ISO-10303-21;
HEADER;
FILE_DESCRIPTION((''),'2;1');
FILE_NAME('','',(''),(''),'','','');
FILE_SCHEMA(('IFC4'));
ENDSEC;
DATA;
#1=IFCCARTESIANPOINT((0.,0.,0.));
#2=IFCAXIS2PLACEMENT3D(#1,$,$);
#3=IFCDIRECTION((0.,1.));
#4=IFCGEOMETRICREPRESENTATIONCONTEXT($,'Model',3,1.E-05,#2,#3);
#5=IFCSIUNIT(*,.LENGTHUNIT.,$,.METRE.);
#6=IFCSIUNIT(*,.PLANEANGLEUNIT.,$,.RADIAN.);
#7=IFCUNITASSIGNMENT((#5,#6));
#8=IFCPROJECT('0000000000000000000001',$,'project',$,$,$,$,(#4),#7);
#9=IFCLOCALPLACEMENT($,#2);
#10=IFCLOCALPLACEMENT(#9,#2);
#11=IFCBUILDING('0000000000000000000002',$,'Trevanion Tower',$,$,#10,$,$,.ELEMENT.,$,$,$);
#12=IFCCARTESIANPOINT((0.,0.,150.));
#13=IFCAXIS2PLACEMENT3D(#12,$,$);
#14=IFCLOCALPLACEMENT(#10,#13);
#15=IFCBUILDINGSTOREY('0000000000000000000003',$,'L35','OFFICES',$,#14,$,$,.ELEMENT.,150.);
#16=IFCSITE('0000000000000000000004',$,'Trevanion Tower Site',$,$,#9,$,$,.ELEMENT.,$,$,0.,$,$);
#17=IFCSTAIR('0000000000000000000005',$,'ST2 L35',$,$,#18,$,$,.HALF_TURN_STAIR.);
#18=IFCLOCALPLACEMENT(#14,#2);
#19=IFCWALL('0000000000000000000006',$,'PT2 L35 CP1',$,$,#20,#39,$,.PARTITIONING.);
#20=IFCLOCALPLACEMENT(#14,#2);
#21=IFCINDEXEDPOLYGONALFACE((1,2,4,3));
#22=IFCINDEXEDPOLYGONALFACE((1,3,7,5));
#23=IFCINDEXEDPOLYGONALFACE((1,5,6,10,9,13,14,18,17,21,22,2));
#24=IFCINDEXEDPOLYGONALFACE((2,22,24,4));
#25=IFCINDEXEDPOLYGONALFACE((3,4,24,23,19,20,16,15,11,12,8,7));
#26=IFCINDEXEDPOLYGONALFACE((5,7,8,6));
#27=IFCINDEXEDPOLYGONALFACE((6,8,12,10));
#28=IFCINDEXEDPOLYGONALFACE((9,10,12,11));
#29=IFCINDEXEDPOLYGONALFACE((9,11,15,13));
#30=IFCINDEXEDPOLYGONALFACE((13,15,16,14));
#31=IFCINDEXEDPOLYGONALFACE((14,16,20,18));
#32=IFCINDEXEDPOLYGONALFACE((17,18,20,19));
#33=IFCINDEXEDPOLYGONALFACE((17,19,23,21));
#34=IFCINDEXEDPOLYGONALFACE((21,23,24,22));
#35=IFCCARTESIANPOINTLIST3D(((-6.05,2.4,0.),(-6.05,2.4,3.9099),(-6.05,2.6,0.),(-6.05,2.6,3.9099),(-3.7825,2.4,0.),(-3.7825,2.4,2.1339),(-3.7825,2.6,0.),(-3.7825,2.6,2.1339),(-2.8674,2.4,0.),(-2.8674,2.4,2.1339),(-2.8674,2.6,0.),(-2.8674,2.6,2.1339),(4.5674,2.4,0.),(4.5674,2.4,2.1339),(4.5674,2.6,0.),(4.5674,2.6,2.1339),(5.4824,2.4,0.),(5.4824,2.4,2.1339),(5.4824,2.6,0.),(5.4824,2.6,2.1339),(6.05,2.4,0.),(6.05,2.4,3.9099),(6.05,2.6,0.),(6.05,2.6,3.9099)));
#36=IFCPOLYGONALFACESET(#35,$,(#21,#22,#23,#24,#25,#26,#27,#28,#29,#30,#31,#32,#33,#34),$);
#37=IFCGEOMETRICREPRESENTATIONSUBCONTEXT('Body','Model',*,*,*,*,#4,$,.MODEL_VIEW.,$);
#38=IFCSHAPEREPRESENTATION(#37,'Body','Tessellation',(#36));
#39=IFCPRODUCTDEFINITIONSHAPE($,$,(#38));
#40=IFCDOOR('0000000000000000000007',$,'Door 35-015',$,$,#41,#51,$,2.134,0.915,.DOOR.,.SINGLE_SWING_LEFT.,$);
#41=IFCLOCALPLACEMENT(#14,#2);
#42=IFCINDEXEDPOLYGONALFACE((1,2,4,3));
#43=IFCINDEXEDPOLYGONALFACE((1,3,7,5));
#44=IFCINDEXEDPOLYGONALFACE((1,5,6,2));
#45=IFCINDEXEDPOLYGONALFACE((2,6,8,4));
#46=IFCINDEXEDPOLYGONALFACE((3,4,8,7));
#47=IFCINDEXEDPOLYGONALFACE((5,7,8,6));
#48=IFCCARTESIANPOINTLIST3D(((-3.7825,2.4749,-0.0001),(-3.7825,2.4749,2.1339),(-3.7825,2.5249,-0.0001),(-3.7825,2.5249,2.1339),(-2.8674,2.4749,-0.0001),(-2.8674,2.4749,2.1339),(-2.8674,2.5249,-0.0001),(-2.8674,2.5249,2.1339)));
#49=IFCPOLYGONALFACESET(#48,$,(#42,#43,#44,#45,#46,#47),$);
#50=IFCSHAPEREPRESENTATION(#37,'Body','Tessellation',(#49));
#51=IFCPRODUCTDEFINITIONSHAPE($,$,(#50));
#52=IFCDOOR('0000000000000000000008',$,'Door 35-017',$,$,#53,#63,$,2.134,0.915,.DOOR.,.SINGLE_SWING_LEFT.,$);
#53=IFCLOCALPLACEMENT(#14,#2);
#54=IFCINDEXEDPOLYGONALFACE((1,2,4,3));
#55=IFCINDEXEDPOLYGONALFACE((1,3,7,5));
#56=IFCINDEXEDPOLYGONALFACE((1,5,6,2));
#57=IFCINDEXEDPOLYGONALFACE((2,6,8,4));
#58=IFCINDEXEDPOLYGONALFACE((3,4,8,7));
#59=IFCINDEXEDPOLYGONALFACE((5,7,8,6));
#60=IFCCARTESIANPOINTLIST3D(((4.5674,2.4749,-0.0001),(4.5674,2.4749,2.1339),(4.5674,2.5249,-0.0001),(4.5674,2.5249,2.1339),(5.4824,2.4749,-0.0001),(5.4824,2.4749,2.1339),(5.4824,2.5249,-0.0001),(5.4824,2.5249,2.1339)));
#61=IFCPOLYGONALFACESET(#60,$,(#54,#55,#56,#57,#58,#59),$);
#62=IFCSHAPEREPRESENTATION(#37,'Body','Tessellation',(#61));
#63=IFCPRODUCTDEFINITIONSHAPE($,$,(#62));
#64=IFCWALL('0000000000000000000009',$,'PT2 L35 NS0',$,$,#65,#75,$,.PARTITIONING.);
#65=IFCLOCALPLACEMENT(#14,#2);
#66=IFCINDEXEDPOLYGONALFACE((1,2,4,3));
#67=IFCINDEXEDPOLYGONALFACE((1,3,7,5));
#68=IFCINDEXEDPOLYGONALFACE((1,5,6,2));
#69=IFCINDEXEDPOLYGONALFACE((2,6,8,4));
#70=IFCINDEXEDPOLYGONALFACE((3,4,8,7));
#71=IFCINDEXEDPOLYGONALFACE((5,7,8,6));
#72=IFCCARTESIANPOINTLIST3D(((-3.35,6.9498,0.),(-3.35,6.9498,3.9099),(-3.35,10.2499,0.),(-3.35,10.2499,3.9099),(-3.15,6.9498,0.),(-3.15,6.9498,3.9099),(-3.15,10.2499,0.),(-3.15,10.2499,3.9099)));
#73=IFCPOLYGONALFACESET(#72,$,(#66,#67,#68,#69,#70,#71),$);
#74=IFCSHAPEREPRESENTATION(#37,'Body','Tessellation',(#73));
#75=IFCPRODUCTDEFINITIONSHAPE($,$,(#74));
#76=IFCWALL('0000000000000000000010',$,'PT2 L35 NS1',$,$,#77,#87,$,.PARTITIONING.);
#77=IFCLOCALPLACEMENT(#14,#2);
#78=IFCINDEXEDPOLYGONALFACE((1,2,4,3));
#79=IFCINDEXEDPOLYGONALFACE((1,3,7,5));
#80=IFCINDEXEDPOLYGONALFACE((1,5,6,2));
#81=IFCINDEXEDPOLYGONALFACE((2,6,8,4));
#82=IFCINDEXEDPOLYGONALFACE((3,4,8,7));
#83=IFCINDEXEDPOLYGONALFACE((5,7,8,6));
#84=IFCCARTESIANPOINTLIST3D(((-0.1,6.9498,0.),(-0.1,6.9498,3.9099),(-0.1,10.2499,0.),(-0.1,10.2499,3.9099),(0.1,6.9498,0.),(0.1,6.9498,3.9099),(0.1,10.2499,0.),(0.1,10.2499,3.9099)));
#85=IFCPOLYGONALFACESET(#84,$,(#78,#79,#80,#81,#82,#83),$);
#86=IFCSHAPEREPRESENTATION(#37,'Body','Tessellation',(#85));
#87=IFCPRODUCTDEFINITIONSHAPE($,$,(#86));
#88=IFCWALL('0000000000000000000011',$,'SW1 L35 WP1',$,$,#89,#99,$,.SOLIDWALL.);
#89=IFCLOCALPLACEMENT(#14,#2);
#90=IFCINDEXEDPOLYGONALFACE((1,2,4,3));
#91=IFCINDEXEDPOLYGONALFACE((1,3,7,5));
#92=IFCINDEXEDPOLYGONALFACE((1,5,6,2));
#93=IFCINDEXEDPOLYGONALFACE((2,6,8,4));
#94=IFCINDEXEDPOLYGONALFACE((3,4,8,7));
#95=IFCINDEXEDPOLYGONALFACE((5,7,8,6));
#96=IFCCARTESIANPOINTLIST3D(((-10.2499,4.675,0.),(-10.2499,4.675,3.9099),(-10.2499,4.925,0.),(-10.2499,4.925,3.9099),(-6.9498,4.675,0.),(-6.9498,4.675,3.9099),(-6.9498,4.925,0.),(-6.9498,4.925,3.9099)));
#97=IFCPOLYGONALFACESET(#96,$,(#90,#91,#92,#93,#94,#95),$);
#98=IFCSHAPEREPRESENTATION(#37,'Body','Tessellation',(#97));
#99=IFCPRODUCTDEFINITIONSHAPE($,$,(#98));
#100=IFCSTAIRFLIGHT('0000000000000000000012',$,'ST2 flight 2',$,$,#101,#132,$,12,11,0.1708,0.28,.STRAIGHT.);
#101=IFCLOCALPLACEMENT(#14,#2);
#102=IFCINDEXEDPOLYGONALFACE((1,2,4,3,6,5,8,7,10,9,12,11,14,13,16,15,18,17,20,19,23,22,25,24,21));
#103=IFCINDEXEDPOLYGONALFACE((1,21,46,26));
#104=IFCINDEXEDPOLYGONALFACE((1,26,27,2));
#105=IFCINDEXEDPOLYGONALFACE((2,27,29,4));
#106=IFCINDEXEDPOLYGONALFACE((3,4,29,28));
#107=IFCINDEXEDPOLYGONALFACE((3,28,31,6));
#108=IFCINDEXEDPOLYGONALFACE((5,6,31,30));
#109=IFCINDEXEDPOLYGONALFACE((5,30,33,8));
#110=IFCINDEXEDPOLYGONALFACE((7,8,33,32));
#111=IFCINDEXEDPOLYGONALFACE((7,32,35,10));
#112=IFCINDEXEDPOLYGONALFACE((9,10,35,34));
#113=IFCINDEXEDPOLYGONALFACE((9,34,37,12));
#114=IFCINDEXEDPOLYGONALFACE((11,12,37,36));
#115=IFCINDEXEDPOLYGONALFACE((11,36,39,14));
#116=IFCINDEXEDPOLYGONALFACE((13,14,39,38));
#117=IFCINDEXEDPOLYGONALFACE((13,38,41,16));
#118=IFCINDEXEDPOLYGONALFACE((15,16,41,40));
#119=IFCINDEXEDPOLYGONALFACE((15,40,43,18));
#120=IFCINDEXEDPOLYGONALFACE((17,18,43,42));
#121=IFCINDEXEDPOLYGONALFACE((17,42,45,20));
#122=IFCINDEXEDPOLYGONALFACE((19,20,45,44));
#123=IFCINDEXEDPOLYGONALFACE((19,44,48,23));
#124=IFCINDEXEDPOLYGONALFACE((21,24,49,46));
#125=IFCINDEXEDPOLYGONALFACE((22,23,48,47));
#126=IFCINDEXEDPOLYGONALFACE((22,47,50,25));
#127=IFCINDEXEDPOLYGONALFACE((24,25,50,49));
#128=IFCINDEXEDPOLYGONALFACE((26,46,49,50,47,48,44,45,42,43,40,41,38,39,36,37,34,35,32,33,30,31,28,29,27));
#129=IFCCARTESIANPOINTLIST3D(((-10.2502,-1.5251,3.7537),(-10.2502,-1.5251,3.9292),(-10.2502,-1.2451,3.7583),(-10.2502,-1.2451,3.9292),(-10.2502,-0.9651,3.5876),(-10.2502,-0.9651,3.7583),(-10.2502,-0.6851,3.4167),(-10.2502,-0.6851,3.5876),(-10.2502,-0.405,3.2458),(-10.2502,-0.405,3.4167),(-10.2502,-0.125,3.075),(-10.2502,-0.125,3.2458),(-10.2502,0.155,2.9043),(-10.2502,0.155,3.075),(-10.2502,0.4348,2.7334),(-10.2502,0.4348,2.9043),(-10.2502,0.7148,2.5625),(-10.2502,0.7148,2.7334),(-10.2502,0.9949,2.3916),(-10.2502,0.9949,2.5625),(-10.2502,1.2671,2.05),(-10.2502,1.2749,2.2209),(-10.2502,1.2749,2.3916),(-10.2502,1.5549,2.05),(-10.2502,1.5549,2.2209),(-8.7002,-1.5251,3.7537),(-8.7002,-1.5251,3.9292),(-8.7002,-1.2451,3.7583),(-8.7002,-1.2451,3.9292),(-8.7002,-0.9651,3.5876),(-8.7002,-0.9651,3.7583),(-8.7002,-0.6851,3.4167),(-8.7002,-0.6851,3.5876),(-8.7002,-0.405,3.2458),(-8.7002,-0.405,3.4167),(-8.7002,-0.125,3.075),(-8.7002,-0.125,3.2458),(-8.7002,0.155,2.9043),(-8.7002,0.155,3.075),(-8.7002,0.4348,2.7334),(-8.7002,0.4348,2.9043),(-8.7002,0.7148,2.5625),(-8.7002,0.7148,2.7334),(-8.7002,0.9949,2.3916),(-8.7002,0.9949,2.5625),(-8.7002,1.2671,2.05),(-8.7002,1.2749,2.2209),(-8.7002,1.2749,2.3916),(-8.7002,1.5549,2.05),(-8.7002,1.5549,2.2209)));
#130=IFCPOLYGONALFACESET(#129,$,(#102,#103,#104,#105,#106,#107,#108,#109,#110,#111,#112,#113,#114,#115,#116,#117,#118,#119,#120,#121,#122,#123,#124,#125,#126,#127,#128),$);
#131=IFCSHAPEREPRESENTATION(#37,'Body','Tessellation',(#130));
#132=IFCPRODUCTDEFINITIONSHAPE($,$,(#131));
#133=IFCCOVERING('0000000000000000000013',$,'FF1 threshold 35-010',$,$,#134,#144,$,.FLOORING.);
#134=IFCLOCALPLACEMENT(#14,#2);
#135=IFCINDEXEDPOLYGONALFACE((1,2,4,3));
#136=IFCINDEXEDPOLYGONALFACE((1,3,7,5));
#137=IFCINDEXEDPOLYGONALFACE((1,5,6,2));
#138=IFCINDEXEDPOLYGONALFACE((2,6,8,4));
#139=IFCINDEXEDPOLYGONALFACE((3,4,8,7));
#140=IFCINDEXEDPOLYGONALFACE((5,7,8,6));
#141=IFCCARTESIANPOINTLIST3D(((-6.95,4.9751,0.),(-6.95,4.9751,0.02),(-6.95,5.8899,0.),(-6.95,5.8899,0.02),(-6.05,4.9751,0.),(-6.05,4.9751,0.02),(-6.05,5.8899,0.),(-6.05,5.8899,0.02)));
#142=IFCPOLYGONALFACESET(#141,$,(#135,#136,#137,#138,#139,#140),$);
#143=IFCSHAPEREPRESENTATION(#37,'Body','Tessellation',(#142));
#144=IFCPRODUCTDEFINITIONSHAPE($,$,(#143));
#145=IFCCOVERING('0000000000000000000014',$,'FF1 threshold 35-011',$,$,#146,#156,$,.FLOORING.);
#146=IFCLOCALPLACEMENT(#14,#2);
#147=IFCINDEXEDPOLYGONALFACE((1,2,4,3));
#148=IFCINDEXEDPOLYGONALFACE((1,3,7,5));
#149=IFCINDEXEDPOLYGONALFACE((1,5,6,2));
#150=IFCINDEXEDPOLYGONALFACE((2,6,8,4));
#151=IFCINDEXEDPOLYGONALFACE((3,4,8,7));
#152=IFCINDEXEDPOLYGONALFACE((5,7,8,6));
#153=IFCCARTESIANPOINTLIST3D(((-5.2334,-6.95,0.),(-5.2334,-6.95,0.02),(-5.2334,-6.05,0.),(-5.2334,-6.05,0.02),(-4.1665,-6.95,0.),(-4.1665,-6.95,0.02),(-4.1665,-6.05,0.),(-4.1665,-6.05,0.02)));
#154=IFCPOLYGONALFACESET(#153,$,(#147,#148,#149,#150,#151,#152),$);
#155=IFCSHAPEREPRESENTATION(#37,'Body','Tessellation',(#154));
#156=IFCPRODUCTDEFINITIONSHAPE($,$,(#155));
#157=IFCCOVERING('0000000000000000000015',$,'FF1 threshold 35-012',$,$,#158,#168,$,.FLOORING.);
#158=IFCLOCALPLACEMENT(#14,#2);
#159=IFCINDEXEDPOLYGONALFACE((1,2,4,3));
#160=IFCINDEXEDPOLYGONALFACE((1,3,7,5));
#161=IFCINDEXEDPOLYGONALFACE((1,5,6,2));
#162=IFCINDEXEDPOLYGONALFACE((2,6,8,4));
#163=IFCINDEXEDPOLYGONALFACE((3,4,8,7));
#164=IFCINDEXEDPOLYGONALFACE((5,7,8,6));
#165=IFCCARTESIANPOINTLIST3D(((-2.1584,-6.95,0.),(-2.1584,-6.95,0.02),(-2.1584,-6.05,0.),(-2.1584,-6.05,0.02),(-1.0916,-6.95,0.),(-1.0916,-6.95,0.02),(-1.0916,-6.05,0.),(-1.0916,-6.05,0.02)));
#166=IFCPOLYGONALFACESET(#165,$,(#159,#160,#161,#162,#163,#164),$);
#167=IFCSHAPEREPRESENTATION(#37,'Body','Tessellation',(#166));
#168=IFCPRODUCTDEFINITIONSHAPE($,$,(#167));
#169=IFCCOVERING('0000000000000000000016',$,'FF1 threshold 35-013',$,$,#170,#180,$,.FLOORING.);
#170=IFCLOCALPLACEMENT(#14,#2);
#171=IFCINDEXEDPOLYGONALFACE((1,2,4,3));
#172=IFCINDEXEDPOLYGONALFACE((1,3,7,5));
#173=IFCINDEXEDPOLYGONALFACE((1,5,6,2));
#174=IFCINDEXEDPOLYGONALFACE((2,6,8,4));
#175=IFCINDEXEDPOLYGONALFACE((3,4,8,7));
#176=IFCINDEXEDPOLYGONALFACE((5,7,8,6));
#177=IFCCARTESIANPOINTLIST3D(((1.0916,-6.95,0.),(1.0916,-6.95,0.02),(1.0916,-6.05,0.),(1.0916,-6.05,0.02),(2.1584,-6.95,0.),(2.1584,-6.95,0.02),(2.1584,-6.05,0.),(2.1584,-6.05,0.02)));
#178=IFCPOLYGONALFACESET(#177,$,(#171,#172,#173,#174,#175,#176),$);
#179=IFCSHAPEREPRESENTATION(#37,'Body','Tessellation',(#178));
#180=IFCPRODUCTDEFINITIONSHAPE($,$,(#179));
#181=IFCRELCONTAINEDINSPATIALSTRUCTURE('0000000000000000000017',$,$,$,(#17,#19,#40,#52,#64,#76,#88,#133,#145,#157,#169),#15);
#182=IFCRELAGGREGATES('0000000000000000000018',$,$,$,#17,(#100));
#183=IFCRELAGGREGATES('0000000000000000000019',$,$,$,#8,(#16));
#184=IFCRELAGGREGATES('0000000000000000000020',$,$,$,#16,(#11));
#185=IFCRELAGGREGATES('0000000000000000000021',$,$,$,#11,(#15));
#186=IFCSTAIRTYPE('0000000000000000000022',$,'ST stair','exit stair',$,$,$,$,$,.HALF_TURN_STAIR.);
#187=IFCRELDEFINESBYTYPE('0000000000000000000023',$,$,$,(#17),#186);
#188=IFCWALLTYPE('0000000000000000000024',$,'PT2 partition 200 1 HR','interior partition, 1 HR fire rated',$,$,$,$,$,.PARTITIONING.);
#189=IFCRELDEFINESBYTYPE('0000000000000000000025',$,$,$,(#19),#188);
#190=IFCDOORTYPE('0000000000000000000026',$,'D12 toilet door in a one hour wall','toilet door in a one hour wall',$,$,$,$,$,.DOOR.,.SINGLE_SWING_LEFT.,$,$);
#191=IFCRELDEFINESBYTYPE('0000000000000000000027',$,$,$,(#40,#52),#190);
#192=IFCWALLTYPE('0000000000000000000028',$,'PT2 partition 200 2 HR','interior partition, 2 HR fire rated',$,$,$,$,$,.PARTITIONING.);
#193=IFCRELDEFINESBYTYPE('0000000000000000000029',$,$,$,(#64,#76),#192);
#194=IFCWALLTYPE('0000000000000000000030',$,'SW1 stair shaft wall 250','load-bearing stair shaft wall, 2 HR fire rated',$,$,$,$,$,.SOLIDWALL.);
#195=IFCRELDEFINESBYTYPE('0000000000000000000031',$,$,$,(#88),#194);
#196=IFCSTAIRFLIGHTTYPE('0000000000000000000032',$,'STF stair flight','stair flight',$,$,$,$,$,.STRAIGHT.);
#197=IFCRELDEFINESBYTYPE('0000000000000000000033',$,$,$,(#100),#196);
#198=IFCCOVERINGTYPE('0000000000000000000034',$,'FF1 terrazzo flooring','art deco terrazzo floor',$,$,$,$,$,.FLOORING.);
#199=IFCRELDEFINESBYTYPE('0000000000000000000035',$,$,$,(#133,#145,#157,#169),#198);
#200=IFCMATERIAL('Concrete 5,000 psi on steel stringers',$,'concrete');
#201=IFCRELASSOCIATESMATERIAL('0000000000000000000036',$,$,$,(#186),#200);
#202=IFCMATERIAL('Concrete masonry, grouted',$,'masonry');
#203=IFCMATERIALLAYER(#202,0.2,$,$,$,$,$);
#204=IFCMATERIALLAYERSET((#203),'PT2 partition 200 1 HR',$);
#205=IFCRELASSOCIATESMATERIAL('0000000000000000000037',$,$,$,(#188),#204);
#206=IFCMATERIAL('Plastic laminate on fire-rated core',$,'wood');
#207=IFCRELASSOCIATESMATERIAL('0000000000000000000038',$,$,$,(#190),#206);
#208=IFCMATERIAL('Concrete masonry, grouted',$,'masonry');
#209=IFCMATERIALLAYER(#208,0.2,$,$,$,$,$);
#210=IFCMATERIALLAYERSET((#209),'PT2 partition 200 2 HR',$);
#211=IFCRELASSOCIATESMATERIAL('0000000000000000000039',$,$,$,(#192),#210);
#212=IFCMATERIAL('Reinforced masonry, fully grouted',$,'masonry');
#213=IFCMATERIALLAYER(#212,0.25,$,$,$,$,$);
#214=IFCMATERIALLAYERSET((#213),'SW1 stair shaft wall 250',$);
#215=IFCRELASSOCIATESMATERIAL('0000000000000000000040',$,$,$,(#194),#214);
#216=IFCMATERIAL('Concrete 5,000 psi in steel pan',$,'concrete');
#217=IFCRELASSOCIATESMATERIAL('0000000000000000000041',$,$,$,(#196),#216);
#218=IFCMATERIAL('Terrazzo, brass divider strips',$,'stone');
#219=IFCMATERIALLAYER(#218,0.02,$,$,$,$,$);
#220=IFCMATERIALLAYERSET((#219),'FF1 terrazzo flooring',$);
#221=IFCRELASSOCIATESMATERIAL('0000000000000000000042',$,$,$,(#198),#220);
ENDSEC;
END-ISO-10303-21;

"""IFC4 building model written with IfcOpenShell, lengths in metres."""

from ifc_helpers import new_model, si_unit, direction, frame, frame_2d, origin, place, context, subcontext, project, spatial, polyline, rectangle, outline, extrude, material, layer, layer_set, type_object, element, fill, aggregate, save


model = new_model("IFC4")

# Units and contexts
model_context = context("Model", 3, precision=1e-05, world=origin(), true_north=direction((0.0, 1.0)))
body_context = subcontext(model_context, "Body", "Model", "MODEL_VIEW")
ifc_project = project(units=[si_unit("LENGTHUNIT", "METRE"), si_unit("PLANEANGLEUNIT", "RADIAN")], contexts=[model_context])

# Site, building, storey
site_placement = place(None, origin())
site = spatial("IfcSite", under=ifc_project, at=site_placement, Name="Trevanion Tower Site", CompositionType="ELEMENT", RefElevation=0.0)
building_placement = place(site_placement, origin())
building = spatial("IfcBuilding", under=site, at=building_placement, Name="Trevanion Tower", CompositionType="ELEMENT")
storey_placement = place(building_placement, frame((0.0, 0.0, 150.0)))
storey = spatial("IfcBuildingStorey", under=building, at=storey_placement, Name="L35", Description="OFFICES", CompositionType="ELEMENT", Elevation=150.0)

# Shared definitions
ifc_material_1 = material(Name="Concrete 5,000 psi on steel stringers", Category="concrete")
stair_type = type_object("IfcStairType", Name="ST stair", Description="exit stair", PredefinedType="HALF_TURN_STAIR", material=ifc_material_1)

# Stair
stair_1_placement = place(storey_placement, origin())
stair_1 = element("IfcStair", 1, at=stair_1_placement, inside=storey, type_object=stair_type, Name="ST2 L35", PredefinedType="HALF_TURN_STAIR")

# Wall, openings, doors
ifc_material_2 = material(Name="Concrete masonry, grouted", Category="masonry")
ifc_layer_1 = layer(ifc_material_2, 0.2)
ifc_layer_set_1 = layer_set([ifc_layer_1], Name="PT2 partition 200 1 HR")
wall_type_1 = type_object("IfcWallType", Name="PT2 partition 200 1 HR", Description="interior partition, 1 HR fire rated", PredefinedType="PARTITIONING", material=ifc_layer_set_1)
wall_1_placement = place(storey_placement, frame((-6.05, 2.5, 0.0), z_axis=(0.0, 0.0, 1.0), x_axis=(1.0, 0.0, 0.0)))
wall_1 = element("IfcWall", 2, at=wall_1_placement, inside=storey, type_object=wall_type_1, Name="PT2 L35 CP1", PredefinedType="PARTITIONING", context=body_context, shape_type="SweptSolid", body=[
    extrude(rectangle(XDim=12.1001, YDim=0.2, at=frame_2d((6.05, 0.0))), origin(), (0.0, 0.0, 1.0), 3.9099),
])
opening_1_placement = place(wall_1_placement, frame((2.2676, 0.0, 0.0)))
opening_1 = element("IfcOpeningElement", 3, at=opening_1_placement, cuts=wall_1, PredefinedType="OPENING", context=body_context, shape_type="SweptSolid", body=[
    extrude(rectangle(XDim=0.915, YDim=2.134, at=frame_2d((0.4575, 1.0669))), frame((0.0, 0.1099, 0.0), z_axis=(0.0, -1.0, 0.0), x_axis=(1.0, 0.0, 0.0)), (0.0, 0.0, 1.0), 0.22),
])
opening_2_placement = place(wall_1_placement, frame((10.6174, 0.0, 0.0)))
opening_2 = element("IfcOpeningElement", 4, at=opening_2_placement, cuts=wall_1, PredefinedType="OPENING", context=body_context, shape_type="SweptSolid", body=[
    extrude(rectangle(XDim=0.915, YDim=2.134, at=frame_2d((0.4575, 1.0669))), frame((0.0, 0.1099, 0.0), z_axis=(0.0, -1.0, 0.0), x_axis=(1.0, 0.0, 0.0)), (0.0, 0.0, 1.0), 0.22),
])
ifc_material_3 = material(Name="Plastic laminate on fire-rated core", Category="wood")
door_type_1 = type_object("IfcDoorType", Name="D12 toilet door in a one hour wall", Description="toilet door in a one hour wall", OperationType="SINGLE_SWING_LEFT", PredefinedType="DOOR", material=ifc_material_3)
door_1_placement = place(opening_1_placement, origin())
door_1 = element("IfcDoor", 5, at=door_1_placement, inside=storey, type_object=door_type_1, Name="Door 35-015", OperationType="SINGLE_SWING_LEFT", OverallHeight=2.134, OverallWidth=0.915, PredefinedType="DOOR", context=body_context, shape_type="SweptSolid", body=[
    extrude(rectangle(XDim=0.915, YDim=2.134, at=frame_2d((0.4575, 1.0669))), frame((0.0, 0.0249, 0.0), z_axis=(0.0, -1.0, 0.0), x_axis=(1.0, 0.0, 0.0)), (0.0, 0.0, 1.0), 0.05),
])
fill(opening_1, door_1)
door_2_placement = place(opening_2_placement, origin())
door_2 = element("IfcDoor", 6, at=door_2_placement, inside=storey, type_object=door_type_1, Name="Door 35-017", OperationType="SINGLE_SWING_LEFT", OverallHeight=2.134, OverallWidth=0.915, PredefinedType="DOOR", context=body_context, shape_type="SweptSolid", body=[
    extrude(rectangle(XDim=0.915, YDim=2.134, at=frame_2d((0.4575, 1.0669))), frame((0.0, 0.0249, 0.0), z_axis=(0.0, -1.0, 0.0), x_axis=(1.0, 0.0, 0.0)), (0.0, 0.0, 1.0), 0.05),
])
fill(opening_2, door_2)

# Walls
ifc_material_4 = material(Name="Concrete masonry, grouted", Category="masonry")
ifc_layer_2 = layer(ifc_material_4, 0.2)
ifc_layer_set_2 = layer_set([ifc_layer_2], Name="PT2 partition 200 2 HR")
wall_type_2 = type_object("IfcWallType", Name="PT2 partition 200 2 HR", Description="interior partition, 2 HR fire rated", PredefinedType="PARTITIONING", material=ifc_layer_set_2)
for number, where, z_axis, x_axis, name in (
    (7, (-3.25, 6.95, 0.0), (0.0, 0.0, 1.0), (0.0, 1.0, 0.0), "PT2 L35 NS0"),
    (8, (0.0, 6.95, 0.0), (0.0, 0.0, 1.0), (0.0, 1.0, 0.0), "PT2 L35 NS1"),
):
    element("IfcWall", number, at=place(storey_placement, frame(where, z_axis=z_axis, x_axis=x_axis)), inside=storey, type_object=wall_type_2, Name=name, PredefinedType="PARTITIONING", context=body_context, shape_type="SweptSolid", body=[
        extrude(rectangle(XDim=3.3, YDim=0.2, at=frame_2d((1.6499, 0.0))), origin(), (0.0, 0.0, 1.0), 3.9099),
    ])
ifc_material_5 = material(Name="Reinforced masonry, fully grouted", Category="masonry")
ifc_layer_3 = layer(ifc_material_5, 0.25)
ifc_layer_set_3 = layer_set([ifc_layer_3], Name="SW1 stair shaft wall 250")
wall_type_3 = type_object("IfcWallType", Name="SW1 stair shaft wall 250", Description="load-bearing stair shaft wall, 2 HR fire rated", PredefinedType="SOLIDWALL", material=ifc_layer_set_3)
wall_2_placement = place(storey_placement, frame((-6.95, 4.8, 0.0), z_axis=(0.0, 0.0, 1.0), x_axis=(-1.0, 0.0, 0.0)))
element("IfcWall", 9, at=wall_2_placement, inside=storey, type_object=wall_type_3, Name="SW1 L35 WP1", PredefinedType="SOLIDWALL", context=body_context, shape_type="SweptSolid", body=[
    extrude(rectangle(XDim=3.3, YDim=0.25, at=frame_2d((1.6499, 0.0))), origin(), (0.0, 0.0, 1.0), 3.9099),
])

# Stair flight
ifc_material_6 = material(Name="Concrete 5,000 psi in steel pan", Category="concrete")
stair_flight_type = type_object("IfcStairFlightType", Name="STF stair flight", Description="stair flight", PredefinedType="STRAIGHT", material=ifc_material_6)
stair_flight_placement = place(storey_placement, frame((-9.4751, 1.5549, 2.05), z_axis=(0.0, 0.0, 1.0), x_axis=(0.0, -1.0, 0.0)))
stair_flight = element("IfcStairFlight", 10, at=stair_flight_placement, type_object=stair_flight_type, Name="ST2 flight 2", NumberOfRisers=12, NumberOfTreads=11, PredefinedType="STRAIGHT", RiserHeight=0.1708, TreadLength=0.28, context=body_context, shape_type="SweptSolid", body=[
    extrude(outline(polyline([(0.0, 0.0), (0.0, 0.1709), (0.28, 0.1709), (0.28, 0.3416), (0.5601, 0.3416), (0.5601, 0.5125), (0.8401, 0.5125), (0.8401, 0.6833), (1.1201, 0.6833), (1.1201, 0.8542), (1.3999, 0.8542), (1.3999, 1.0249), (1.6799, 1.0249), (1.6799, 1.1958), (1.96, 1.1958), (1.96, 1.3667), (2.24, 1.3667), (2.24, 1.5376), (2.52, 1.5376), (2.52, 1.7083), (2.8, 1.7083), (2.8, 1.8792), (3.0801, 1.8792), (3.0801, 2.05), (3.0801, 1.7036), (0.2878, 0.0), (0.0, 0.0)])), frame((0.0, 0.7749, 0.0), z_axis=(0.0, -1.0, 0.0), x_axis=(1.0, 0.0, 0.0)), (0.0, 0.0, 1.0), 1.55),
])
aggregate(stair_1, [stair_flight])

# Coverings
ifc_material_7 = material(Name="Terrazzo, brass divider strips", Category="stone")
ifc_layer_4 = layer(ifc_material_7, 0.02)
ifc_layer_set_4 = layer_set([ifc_layer_4], Name="FF1 terrazzo flooring")
covering_type = type_object("IfcCoveringType", Name="FF1 terrazzo flooring", Description="art deco terrazzo floor", PredefinedType="FLOORING", material=ifc_layer_set_4)
covering_1_placement = place(storey_placement, origin())
element("IfcCovering", 11, at=covering_1_placement, inside=storey, type_object=covering_type, Name="FF1 threshold 35-010", PredefinedType="FLOORING", context=body_context, shape_type="SweptSolid", body=[
    extrude(outline(polyline([(-6.95, 5.8899), (-6.95, 4.9751), (-6.05, 4.9751), (-6.05, 5.8899), (-6.95, 5.8899)])), origin(), (0.0, 0.0, 1.0), 0.02),
])
covering_2_placement = place(storey_placement, origin())
element("IfcCovering", 12, at=covering_2_placement, inside=storey, type_object=covering_type, Name="FF1 threshold 35-011", PredefinedType="FLOORING", context=body_context, shape_type="SweptSolid", body=[
    extrude(outline(polyline([(-5.2334, -6.95), (-4.1665, -6.95), (-4.1665, -6.05), (-5.2334, -6.05), (-5.2334, -6.95)])), origin(), (0.0, 0.0, 1.0), 0.02),
])
covering_3_placement = place(storey_placement, origin())
element("IfcCovering", 13, at=covering_3_placement, inside=storey, type_object=covering_type, Name="FF1 threshold 35-012", PredefinedType="FLOORING", context=body_context, shape_type="SweptSolid", body=[
    extrude(outline(polyline([(-2.1584, -6.95), (-1.0916, -6.95), (-1.0916, -6.05), (-2.1584, -6.05), (-2.1584, -6.95)])), origin(), (0.0, 0.0, 1.0), 0.02),
])
covering_4_placement = place(storey_placement, origin())
element("IfcCovering", 14, at=covering_4_placement, inside=storey, type_object=covering_type, Name="FF1 threshold 35-013", PredefinedType="FLOORING", context=body_context, shape_type="SweptSolid", body=[
    extrude(outline(polyline([(1.0916, -6.95), (2.1584, -6.95), (2.1584, -6.05), (1.0916, -6.05), (1.0916, -6.95)])), origin(), (0.0, 0.0, 1.0), 0.02),
])

save(model, "model.ifc")
